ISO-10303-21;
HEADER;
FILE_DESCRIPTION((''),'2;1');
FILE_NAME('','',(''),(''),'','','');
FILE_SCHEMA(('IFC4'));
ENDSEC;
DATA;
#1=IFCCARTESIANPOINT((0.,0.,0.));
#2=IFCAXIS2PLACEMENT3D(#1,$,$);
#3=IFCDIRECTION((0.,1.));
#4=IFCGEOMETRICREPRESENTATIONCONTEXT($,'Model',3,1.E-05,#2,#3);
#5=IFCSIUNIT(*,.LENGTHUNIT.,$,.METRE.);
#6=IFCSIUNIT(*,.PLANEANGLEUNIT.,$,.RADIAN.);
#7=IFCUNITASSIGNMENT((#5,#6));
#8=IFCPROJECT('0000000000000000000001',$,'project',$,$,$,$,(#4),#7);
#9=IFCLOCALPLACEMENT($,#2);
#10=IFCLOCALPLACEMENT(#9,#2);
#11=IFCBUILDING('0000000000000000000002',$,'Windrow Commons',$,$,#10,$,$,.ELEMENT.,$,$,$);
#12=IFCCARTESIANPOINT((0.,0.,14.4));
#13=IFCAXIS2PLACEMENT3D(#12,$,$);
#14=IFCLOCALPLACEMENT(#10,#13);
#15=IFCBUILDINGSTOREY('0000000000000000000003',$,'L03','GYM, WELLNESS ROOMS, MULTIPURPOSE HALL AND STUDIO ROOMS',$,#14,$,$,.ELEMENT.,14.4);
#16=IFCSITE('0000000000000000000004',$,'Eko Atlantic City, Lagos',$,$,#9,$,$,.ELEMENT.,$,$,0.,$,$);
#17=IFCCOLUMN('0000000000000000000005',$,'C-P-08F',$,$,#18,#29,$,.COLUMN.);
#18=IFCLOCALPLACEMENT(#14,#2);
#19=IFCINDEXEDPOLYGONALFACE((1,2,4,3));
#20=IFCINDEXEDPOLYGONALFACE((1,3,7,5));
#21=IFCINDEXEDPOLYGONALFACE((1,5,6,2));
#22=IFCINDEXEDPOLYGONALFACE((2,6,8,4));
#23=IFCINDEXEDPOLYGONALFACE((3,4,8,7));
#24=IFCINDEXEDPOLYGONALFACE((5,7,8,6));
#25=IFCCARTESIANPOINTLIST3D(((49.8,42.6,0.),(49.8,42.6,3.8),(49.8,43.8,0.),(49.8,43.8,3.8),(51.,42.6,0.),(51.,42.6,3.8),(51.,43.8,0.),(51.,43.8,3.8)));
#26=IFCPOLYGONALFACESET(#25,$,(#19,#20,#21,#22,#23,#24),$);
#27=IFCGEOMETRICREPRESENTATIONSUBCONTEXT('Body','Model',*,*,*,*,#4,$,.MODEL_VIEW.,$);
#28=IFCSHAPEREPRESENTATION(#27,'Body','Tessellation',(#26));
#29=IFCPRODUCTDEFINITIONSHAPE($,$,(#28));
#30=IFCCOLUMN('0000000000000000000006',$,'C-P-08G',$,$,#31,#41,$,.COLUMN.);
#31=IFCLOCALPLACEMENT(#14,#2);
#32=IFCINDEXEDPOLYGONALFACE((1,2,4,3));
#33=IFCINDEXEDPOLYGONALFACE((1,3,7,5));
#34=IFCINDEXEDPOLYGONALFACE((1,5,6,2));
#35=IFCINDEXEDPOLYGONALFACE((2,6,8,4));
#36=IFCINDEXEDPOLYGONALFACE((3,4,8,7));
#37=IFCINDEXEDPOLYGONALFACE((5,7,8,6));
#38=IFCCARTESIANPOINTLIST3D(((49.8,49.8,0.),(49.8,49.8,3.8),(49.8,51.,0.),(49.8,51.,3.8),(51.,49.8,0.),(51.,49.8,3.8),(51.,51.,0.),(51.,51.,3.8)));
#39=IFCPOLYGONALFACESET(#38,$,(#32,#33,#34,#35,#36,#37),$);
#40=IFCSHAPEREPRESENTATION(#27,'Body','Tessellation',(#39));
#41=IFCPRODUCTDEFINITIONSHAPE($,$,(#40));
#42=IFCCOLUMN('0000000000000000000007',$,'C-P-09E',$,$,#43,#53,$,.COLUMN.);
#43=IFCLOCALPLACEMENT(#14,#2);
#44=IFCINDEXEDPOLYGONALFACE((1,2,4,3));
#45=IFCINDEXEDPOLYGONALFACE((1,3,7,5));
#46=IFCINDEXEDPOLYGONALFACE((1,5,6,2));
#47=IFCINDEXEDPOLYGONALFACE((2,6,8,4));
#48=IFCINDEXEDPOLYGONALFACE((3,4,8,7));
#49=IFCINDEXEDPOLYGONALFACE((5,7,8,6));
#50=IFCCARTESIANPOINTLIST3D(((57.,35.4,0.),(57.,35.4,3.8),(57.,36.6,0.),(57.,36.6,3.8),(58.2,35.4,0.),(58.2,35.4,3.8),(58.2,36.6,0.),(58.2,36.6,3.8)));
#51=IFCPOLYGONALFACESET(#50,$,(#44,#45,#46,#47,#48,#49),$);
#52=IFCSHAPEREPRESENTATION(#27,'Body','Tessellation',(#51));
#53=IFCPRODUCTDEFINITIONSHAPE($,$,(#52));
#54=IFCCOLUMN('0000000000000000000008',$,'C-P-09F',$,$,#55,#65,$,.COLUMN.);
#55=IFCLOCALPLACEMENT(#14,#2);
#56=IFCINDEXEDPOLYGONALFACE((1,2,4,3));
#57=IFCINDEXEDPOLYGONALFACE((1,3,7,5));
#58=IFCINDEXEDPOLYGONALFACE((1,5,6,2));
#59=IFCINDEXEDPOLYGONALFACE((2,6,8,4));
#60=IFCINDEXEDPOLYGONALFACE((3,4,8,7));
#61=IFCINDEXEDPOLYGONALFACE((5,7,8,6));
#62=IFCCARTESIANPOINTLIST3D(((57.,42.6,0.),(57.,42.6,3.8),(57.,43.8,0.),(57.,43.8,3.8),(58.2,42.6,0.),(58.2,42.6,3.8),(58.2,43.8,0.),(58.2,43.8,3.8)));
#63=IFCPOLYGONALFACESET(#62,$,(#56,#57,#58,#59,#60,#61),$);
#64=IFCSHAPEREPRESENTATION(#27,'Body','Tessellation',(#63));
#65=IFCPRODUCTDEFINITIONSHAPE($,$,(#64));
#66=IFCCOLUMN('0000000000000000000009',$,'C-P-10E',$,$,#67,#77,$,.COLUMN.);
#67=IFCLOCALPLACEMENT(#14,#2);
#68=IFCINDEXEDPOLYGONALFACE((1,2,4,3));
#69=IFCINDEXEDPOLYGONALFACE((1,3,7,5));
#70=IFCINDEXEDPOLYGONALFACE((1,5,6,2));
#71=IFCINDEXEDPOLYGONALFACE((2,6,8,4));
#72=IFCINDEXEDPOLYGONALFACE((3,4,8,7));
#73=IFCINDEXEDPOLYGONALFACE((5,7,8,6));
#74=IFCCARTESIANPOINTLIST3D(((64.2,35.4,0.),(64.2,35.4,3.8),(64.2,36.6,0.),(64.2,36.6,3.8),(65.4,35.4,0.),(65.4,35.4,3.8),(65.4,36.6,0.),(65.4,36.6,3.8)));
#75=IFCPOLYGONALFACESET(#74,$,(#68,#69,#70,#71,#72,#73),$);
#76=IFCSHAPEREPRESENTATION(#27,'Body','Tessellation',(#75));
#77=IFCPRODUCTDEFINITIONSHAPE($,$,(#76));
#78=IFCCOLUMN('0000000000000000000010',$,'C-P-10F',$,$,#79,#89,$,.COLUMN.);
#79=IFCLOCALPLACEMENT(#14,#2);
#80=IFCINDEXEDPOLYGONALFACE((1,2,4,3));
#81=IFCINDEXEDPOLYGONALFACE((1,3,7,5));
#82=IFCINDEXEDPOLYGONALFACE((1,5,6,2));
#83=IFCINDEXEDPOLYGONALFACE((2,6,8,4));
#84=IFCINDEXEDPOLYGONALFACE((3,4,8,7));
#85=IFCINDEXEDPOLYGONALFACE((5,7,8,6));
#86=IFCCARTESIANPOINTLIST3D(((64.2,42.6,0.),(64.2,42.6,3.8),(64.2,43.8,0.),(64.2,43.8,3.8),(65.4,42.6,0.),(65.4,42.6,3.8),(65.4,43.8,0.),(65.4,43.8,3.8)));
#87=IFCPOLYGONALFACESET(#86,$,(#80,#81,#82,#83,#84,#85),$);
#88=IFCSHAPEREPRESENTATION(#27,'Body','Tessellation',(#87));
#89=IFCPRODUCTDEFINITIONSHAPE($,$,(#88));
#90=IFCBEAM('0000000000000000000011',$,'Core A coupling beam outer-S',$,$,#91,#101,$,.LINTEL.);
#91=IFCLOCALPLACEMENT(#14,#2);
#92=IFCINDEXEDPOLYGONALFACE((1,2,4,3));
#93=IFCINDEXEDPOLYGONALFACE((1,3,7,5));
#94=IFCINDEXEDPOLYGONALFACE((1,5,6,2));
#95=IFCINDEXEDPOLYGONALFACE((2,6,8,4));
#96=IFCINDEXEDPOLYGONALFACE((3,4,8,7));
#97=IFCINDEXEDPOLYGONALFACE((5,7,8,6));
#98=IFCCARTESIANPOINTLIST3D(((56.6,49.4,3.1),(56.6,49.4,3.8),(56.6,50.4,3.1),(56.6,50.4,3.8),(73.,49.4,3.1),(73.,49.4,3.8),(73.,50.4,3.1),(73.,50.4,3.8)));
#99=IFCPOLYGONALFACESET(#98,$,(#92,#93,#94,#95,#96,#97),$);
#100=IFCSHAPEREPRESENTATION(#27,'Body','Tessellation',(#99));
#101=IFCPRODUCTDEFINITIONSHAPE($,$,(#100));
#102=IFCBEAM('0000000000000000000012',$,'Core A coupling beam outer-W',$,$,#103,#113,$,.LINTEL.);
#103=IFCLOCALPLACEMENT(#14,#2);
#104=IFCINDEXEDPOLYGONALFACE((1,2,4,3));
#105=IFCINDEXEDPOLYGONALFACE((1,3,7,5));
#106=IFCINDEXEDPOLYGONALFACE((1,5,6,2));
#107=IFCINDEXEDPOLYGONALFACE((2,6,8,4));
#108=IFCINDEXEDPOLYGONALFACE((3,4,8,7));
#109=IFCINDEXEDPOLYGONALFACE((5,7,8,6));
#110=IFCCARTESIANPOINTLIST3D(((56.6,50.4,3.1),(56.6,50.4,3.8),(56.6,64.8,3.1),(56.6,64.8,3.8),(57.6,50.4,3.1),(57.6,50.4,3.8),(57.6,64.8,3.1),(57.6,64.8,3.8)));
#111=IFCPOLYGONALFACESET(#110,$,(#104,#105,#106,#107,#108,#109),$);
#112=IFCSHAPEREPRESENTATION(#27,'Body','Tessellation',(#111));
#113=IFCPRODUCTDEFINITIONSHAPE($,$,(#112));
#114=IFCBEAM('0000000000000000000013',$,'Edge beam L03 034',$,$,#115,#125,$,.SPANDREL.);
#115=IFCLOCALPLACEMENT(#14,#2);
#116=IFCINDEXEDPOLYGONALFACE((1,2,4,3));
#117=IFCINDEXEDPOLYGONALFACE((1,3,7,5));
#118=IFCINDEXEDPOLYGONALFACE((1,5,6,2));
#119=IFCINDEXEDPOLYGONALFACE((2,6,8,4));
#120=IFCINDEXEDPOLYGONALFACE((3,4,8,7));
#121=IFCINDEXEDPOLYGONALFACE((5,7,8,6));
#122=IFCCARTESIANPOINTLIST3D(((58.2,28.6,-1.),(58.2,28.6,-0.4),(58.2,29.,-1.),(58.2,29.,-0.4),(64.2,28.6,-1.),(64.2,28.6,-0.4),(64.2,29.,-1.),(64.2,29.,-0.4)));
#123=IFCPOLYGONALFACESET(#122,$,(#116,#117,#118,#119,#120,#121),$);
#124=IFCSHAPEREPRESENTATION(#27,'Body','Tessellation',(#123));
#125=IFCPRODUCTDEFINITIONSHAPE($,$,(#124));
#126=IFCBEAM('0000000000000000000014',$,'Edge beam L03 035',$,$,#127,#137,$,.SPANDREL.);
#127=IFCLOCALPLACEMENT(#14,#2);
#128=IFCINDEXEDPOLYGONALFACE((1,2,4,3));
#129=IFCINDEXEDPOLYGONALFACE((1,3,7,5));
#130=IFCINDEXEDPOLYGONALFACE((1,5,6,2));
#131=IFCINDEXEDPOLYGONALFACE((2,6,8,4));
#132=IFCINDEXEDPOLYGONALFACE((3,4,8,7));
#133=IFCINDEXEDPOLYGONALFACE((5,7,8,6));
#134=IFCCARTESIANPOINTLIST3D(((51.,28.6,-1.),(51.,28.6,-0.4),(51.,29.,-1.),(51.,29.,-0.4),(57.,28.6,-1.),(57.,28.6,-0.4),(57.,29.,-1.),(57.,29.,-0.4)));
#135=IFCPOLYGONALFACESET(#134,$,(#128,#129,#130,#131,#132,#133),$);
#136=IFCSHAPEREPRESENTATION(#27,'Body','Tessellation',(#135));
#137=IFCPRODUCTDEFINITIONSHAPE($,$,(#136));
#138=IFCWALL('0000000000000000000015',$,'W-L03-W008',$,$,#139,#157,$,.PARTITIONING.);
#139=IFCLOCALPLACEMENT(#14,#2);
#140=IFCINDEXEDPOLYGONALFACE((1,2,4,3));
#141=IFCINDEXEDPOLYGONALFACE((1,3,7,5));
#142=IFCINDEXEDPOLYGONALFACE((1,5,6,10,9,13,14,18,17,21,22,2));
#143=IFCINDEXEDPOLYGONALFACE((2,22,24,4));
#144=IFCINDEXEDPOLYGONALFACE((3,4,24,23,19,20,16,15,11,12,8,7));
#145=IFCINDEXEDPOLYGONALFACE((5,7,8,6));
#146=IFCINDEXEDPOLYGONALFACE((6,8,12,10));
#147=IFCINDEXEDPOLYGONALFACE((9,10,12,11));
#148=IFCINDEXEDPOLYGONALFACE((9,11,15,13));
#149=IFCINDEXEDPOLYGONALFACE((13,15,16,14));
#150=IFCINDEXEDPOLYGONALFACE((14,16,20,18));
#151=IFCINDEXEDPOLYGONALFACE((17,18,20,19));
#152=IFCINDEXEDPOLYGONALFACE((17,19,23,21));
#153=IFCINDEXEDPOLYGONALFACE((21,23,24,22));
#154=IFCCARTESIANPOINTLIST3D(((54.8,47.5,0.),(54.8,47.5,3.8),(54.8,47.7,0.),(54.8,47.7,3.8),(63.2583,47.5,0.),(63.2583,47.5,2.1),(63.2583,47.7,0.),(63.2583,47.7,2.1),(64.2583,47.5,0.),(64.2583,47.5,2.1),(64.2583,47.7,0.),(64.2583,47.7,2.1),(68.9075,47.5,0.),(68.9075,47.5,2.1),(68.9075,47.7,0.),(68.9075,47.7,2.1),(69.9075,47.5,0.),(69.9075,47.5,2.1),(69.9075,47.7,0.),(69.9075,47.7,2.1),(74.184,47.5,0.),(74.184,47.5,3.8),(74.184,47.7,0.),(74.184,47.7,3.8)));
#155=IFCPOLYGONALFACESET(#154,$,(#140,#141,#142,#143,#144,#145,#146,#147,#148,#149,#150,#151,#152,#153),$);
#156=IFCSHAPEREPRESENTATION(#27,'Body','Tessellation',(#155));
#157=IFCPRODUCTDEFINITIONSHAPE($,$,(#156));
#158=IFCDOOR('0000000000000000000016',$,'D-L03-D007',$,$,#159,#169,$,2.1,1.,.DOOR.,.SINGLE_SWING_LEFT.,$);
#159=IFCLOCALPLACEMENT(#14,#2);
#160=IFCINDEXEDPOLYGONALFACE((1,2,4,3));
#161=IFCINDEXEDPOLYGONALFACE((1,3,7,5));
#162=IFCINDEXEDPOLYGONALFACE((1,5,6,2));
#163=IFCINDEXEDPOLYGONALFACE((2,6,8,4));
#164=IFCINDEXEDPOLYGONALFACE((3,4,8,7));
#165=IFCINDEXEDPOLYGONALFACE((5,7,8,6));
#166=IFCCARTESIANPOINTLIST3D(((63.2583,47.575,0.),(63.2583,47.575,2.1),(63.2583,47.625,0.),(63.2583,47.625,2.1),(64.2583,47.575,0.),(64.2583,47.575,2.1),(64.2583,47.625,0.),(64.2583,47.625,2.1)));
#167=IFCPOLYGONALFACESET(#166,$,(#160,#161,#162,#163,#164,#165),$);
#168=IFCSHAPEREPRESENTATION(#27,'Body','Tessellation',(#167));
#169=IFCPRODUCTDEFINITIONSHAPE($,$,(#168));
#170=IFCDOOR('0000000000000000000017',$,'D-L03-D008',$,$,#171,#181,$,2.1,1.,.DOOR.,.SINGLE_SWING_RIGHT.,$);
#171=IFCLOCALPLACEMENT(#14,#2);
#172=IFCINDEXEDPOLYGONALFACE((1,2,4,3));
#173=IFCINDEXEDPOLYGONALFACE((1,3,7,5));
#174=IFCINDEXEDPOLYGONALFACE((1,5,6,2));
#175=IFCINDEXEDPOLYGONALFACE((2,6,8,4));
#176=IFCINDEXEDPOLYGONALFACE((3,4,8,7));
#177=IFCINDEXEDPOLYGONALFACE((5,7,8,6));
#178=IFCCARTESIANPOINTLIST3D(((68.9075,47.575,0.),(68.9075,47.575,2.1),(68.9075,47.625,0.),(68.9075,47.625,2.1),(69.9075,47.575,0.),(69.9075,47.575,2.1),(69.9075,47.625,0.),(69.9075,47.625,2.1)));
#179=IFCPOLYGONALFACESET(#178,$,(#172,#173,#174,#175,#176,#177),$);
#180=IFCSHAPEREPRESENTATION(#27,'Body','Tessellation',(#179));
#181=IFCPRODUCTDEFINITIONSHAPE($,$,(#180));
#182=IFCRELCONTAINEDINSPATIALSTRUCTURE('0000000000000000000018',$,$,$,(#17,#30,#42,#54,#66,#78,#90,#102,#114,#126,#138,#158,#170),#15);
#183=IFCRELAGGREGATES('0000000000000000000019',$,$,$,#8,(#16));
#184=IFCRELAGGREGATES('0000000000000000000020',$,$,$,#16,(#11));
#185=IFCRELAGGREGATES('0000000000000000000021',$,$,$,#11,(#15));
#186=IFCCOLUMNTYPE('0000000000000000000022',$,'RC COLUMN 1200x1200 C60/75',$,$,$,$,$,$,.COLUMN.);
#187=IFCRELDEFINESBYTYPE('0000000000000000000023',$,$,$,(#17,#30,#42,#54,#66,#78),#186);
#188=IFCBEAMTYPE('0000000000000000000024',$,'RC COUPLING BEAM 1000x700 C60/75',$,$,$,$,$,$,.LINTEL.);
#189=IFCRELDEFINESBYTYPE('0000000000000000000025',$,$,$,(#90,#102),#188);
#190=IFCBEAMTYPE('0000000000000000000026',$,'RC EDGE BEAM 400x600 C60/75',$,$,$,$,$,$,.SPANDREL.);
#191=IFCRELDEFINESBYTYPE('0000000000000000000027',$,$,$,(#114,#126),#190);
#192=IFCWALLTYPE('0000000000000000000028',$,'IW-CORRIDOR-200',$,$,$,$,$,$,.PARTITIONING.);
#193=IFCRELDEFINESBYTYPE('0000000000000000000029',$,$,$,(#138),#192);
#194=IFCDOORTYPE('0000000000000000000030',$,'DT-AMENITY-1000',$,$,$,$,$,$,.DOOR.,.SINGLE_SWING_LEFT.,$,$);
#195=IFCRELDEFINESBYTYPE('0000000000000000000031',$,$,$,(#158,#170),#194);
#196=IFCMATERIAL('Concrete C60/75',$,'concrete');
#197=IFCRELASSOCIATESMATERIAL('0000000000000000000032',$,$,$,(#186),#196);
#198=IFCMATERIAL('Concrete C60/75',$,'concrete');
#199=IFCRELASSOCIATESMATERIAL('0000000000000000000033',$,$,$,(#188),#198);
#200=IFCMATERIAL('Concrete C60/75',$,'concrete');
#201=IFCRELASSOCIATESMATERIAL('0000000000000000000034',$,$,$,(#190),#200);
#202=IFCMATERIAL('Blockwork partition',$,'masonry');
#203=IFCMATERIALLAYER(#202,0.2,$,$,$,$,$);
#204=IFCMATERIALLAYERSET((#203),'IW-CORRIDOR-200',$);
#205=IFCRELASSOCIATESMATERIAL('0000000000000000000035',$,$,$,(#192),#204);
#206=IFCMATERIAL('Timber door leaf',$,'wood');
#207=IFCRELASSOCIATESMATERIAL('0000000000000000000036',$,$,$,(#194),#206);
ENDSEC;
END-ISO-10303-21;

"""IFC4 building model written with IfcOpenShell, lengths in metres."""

from ifc_helpers import new_model, si_unit, direction, frame, frame_2d, origin, origin_2d, place, context, subcontext, project, spatial, rectangle, extrude, material, layer, layer_set, material_profile, profile_set, type_object, element, fill, save


model = new_model("IFC4")

# Units and contexts
model_context = context("Model", 3, precision=1e-05, world=origin(), true_north=direction((0.0, 1.0)))
body_context = subcontext(model_context, "Body", "Model", "MODEL_VIEW")
ifc_project = project(units=[si_unit("LENGTHUNIT", "METRE"), si_unit("PLANEANGLEUNIT", "RADIAN")], contexts=[model_context])

# Site, building, storey
site_placement = place(None, origin())
site = spatial("IfcSite", under=ifc_project, at=site_placement, Name="Eko Atlantic City, Lagos", CompositionType="ELEMENT", RefElevation=0.0)
building_placement = place(site_placement, origin())
building = spatial("IfcBuilding", under=site, at=building_placement, Name="Windrow Commons", CompositionType="ELEMENT")
storey_placement = place(building_placement, frame((0.0, 0.0, 14.4)))
storey = spatial("IfcBuildingStorey", under=building, at=storey_placement, Name="L03", Description="GYM, WELLNESS ROOMS, MULTIPURPOSE HALL AND STUDIO ROOMS", CompositionType="ELEMENT", Elevation=14.4)

# Columns
ifc_material_1 = material(Name="Concrete C60/75", Category="concrete")
ifc_material_profile_1 = material_profile(ifc_material_1, rectangle(XDim=1.2, YDim=1.2, at=origin_2d()))
ifc_profile_set_1 = profile_set([ifc_material_profile_1], Name="Concrete C60/75")
column_type = type_object("IfcColumnType", Name="RC COLUMN 1200x1200 C60/75", PredefinedType="COLUMN", material=ifc_profile_set_1)
for number, where, z_axis, x_axis, name in (
    (1, (50.4, 43.2, 0.0), (0.0, 0.0, 1.0), (1.0, 0.0, 0.0), "C-P-08F"),
    (2, (50.4, 50.4, 0.0), (0.0, 0.0, 1.0), (1.0, 0.0, 0.0), "C-P-08G"),
    (3, (57.6, 36.0, 0.0), (0.0, 0.0, 1.0), (1.0, 0.0, 0.0), "C-P-09E"),
    (4, (57.6, 43.2, 0.0), (0.0, 0.0, 1.0), (1.0, 0.0, 0.0), "C-P-09F"),
    (5, (64.8, 36.0, 0.0), (0.0, 0.0, 1.0), (1.0, 0.0, 0.0), "C-P-10E"),
    (6, (64.8, 43.2, 0.0), (0.0, 0.0, 1.0), (1.0, 0.0, 0.0), "C-P-10F"),
):
    element("IfcColumn", number, at=place(storey_placement, frame(where, z_axis=z_axis, x_axis=x_axis)), inside=storey, type_object=column_type, Name=name, PredefinedType="COLUMN", context=body_context, shape_type="SweptSolid", body=[
        extrude(rectangle(XDim=1.2, YDim=1.2, at=origin_2d()), origin(), (0.0, 0.0, 1.0), 3.8),
    ])

# Beams
ifc_material_2 = material(Name="Concrete C60/75", Category="concrete")
ifc_material_profile_2 = material_profile(ifc_material_2, rectangle(XDim=1.0, YDim=0.7, at=origin_2d()))
ifc_profile_set_2 = profile_set([ifc_material_profile_2], Name="Concrete C60/75")
beam_type_1 = type_object("IfcBeamType", Name="RC COUPLING BEAM 1000x700 C60/75", PredefinedType="LINTEL", material=ifc_profile_set_2)
beam_1_placement = place(storey_placement, frame((56.6, 49.9, 3.45), z_axis=(1.0, 0.0, 0.0), x_axis=(0.0, 1.0, 0.0)))
element("IfcBeam", 7, at=beam_1_placement, inside=storey, type_object=beam_type_1, Name="Core A coupling beam outer-S", PredefinedType="LINTEL", context=body_context, shape_type="SweptSolid", body=[
    extrude(rectangle(XDim=1.0, YDim=0.7, at=origin_2d()), origin(), (0.0, 0.0, 1.0), 16.4),
])
beam_2_placement = place(storey_placement, frame((57.1, 50.4, 3.45), z_axis=(0.0, 1.0, 0.0), x_axis=(-1.0, 0.0, 0.0)))
element("IfcBeam", 8, at=beam_2_placement, inside=storey, type_object=beam_type_1, Name="Core A coupling beam outer-W", PredefinedType="LINTEL", context=body_context, shape_type="SweptSolid", body=[
    extrude(rectangle(XDim=1.0, YDim=0.7, at=origin_2d()), origin(), (0.0, 0.0, 1.0), 14.4),
])
ifc_material_3 = material(Name="Concrete C60/75", Category="concrete")
ifc_material_profile_3 = material_profile(ifc_material_3, rectangle(XDim=0.4, YDim=0.6, at=origin_2d()))
ifc_profile_set_3 = profile_set([ifc_material_profile_3], Name="Concrete C60/75")
beam_type_2 = type_object("IfcBeamType", Name="RC EDGE BEAM 400x600 C60/75", PredefinedType="SPANDREL", material=ifc_profile_set_3)
for number, where, z_axis, x_axis, name in (
    (9, (64.2, 28.8, -0.7), (-1.0, 0.0, 0.0), (0.0, -1.0, 0.0), "Edge beam L03 034"),
    (10, (57.0, 28.8, -0.7), (-1.0, 0.0, 0.0), (0.0, -1.0, 0.0), "Edge beam L03 035"),
):
    element("IfcBeam", number, at=place(storey_placement, frame(where, z_axis=z_axis, x_axis=x_axis)), inside=storey, type_object=beam_type_2, Name=name, PredefinedType="SPANDREL", context=body_context, shape_type="SweptSolid", body=[
        extrude(rectangle(XDim=0.4, YDim=0.6, at=origin_2d()), origin(), (0.0, 0.0, 1.0), 6.0),
    ])

# Wall, openings, doors
ifc_material_4 = material(Name="Blockwork partition", Category="masonry")
ifc_layer_1 = layer(ifc_material_4, 0.2)
ifc_layer_set_1 = layer_set([ifc_layer_1], Name="IW-CORRIDOR-200")
wall_type_1 = type_object("IfcWallType", Name="IW-CORRIDOR-200", PredefinedType="PARTITIONING", material=ifc_layer_set_1)
wall_1_placement = place(storey_placement, frame((54.8, 47.6, 0.0), z_axis=(0.0, 0.0, 1.0), x_axis=(1.0, 0.0, 0.0)))
wall_1 = element("IfcWall", 11, at=wall_1_placement, inside=storey, type_object=wall_type_1, Name="W-L03-W008", PredefinedType="PARTITIONING", context=body_context, shape_type="SweptSolid", body=[
    extrude(rectangle(XDim=19.384, YDim=0.2, at=frame_2d((9.692, 0.0))), origin(), (0.0, 0.0, 1.0), 3.8),
])
opening_1_placement = place(wall_1_placement, frame((8.4583, 0.0, 0.0)))
opening_1 = element("IfcOpeningElement", 12, at=opening_1_placement, cuts=wall_1, PredefinedType="OPENING", context=body_context, shape_type="SweptSolid", body=[
    extrude(rectangle(XDim=1.0, YDim=2.1, at=frame_2d((0.5, 1.05))), frame((0.0, 0.11, 0.0), z_axis=(0.0, -1.0, 0.0), x_axis=(1.0, 0.0, 0.0)), (0.0, 0.0, 1.0), 0.22),
])
opening_2_placement = place(wall_1_placement, frame((14.1075, 0.0, 0.0)))
opening_2 = element("IfcOpeningElement", 13, at=opening_2_placement, cuts=wall_1, PredefinedType="OPENING", context=body_context, shape_type="SweptSolid", body=[
    extrude(rectangle(XDim=1.0, YDim=2.1, at=frame_2d((0.5, 1.05))), frame((0.0, 0.11, 0.0), z_axis=(0.0, -1.0, 0.0), x_axis=(1.0, 0.0, 0.0)), (0.0, 0.0, 1.0), 0.22),
])
ifc_material_5 = material(Name="Timber door leaf", Category="wood")
door_type_1 = type_object("IfcDoorType", Name="DT-AMENITY-1000", OperationType="SINGLE_SWING_LEFT", PredefinedType="DOOR", material=ifc_material_5)
door_1_placement = place(opening_1_placement, origin())
door_1 = element("IfcDoor", 14, at=door_1_placement, inside=storey, type_object=door_type_1, Name="D-L03-D007", OperationType="SINGLE_SWING_LEFT", OverallHeight=2.1, OverallWidth=1.0, PredefinedType="DOOR", context=body_context, shape_type="SweptSolid", body=[
    extrude(rectangle(XDim=1.0, YDim=2.1, at=frame_2d((0.5, 1.05))), frame((0.0, 0.025, 0.0), z_axis=(0.0, -1.0, 0.0), x_axis=(1.0, 0.0, 0.0)), (0.0, 0.0, 1.0), 0.05),
])
fill(opening_1, door_1)
door_2_placement = place(opening_2_placement, origin())
door_2 = element("IfcDoor", 15, at=door_2_placement, inside=storey, type_object=door_type_1, Name="D-L03-D008", OperationType="SINGLE_SWING_RIGHT", OverallHeight=2.1, OverallWidth=1.0, PredefinedType="DOOR", context=body_context, shape_type="SweptSolid", body=[
    extrude(rectangle(XDim=1.0, YDim=2.1, at=frame_2d((0.5, 1.05))), frame((0.0, 0.025, 0.0), z_axis=(0.0, -1.0, 0.0), x_axis=(1.0, 0.0, 0.0)), (0.0, 0.0, 1.0), 0.05),
])
fill(opening_2, door_2)

save(model, "model.ifc")
